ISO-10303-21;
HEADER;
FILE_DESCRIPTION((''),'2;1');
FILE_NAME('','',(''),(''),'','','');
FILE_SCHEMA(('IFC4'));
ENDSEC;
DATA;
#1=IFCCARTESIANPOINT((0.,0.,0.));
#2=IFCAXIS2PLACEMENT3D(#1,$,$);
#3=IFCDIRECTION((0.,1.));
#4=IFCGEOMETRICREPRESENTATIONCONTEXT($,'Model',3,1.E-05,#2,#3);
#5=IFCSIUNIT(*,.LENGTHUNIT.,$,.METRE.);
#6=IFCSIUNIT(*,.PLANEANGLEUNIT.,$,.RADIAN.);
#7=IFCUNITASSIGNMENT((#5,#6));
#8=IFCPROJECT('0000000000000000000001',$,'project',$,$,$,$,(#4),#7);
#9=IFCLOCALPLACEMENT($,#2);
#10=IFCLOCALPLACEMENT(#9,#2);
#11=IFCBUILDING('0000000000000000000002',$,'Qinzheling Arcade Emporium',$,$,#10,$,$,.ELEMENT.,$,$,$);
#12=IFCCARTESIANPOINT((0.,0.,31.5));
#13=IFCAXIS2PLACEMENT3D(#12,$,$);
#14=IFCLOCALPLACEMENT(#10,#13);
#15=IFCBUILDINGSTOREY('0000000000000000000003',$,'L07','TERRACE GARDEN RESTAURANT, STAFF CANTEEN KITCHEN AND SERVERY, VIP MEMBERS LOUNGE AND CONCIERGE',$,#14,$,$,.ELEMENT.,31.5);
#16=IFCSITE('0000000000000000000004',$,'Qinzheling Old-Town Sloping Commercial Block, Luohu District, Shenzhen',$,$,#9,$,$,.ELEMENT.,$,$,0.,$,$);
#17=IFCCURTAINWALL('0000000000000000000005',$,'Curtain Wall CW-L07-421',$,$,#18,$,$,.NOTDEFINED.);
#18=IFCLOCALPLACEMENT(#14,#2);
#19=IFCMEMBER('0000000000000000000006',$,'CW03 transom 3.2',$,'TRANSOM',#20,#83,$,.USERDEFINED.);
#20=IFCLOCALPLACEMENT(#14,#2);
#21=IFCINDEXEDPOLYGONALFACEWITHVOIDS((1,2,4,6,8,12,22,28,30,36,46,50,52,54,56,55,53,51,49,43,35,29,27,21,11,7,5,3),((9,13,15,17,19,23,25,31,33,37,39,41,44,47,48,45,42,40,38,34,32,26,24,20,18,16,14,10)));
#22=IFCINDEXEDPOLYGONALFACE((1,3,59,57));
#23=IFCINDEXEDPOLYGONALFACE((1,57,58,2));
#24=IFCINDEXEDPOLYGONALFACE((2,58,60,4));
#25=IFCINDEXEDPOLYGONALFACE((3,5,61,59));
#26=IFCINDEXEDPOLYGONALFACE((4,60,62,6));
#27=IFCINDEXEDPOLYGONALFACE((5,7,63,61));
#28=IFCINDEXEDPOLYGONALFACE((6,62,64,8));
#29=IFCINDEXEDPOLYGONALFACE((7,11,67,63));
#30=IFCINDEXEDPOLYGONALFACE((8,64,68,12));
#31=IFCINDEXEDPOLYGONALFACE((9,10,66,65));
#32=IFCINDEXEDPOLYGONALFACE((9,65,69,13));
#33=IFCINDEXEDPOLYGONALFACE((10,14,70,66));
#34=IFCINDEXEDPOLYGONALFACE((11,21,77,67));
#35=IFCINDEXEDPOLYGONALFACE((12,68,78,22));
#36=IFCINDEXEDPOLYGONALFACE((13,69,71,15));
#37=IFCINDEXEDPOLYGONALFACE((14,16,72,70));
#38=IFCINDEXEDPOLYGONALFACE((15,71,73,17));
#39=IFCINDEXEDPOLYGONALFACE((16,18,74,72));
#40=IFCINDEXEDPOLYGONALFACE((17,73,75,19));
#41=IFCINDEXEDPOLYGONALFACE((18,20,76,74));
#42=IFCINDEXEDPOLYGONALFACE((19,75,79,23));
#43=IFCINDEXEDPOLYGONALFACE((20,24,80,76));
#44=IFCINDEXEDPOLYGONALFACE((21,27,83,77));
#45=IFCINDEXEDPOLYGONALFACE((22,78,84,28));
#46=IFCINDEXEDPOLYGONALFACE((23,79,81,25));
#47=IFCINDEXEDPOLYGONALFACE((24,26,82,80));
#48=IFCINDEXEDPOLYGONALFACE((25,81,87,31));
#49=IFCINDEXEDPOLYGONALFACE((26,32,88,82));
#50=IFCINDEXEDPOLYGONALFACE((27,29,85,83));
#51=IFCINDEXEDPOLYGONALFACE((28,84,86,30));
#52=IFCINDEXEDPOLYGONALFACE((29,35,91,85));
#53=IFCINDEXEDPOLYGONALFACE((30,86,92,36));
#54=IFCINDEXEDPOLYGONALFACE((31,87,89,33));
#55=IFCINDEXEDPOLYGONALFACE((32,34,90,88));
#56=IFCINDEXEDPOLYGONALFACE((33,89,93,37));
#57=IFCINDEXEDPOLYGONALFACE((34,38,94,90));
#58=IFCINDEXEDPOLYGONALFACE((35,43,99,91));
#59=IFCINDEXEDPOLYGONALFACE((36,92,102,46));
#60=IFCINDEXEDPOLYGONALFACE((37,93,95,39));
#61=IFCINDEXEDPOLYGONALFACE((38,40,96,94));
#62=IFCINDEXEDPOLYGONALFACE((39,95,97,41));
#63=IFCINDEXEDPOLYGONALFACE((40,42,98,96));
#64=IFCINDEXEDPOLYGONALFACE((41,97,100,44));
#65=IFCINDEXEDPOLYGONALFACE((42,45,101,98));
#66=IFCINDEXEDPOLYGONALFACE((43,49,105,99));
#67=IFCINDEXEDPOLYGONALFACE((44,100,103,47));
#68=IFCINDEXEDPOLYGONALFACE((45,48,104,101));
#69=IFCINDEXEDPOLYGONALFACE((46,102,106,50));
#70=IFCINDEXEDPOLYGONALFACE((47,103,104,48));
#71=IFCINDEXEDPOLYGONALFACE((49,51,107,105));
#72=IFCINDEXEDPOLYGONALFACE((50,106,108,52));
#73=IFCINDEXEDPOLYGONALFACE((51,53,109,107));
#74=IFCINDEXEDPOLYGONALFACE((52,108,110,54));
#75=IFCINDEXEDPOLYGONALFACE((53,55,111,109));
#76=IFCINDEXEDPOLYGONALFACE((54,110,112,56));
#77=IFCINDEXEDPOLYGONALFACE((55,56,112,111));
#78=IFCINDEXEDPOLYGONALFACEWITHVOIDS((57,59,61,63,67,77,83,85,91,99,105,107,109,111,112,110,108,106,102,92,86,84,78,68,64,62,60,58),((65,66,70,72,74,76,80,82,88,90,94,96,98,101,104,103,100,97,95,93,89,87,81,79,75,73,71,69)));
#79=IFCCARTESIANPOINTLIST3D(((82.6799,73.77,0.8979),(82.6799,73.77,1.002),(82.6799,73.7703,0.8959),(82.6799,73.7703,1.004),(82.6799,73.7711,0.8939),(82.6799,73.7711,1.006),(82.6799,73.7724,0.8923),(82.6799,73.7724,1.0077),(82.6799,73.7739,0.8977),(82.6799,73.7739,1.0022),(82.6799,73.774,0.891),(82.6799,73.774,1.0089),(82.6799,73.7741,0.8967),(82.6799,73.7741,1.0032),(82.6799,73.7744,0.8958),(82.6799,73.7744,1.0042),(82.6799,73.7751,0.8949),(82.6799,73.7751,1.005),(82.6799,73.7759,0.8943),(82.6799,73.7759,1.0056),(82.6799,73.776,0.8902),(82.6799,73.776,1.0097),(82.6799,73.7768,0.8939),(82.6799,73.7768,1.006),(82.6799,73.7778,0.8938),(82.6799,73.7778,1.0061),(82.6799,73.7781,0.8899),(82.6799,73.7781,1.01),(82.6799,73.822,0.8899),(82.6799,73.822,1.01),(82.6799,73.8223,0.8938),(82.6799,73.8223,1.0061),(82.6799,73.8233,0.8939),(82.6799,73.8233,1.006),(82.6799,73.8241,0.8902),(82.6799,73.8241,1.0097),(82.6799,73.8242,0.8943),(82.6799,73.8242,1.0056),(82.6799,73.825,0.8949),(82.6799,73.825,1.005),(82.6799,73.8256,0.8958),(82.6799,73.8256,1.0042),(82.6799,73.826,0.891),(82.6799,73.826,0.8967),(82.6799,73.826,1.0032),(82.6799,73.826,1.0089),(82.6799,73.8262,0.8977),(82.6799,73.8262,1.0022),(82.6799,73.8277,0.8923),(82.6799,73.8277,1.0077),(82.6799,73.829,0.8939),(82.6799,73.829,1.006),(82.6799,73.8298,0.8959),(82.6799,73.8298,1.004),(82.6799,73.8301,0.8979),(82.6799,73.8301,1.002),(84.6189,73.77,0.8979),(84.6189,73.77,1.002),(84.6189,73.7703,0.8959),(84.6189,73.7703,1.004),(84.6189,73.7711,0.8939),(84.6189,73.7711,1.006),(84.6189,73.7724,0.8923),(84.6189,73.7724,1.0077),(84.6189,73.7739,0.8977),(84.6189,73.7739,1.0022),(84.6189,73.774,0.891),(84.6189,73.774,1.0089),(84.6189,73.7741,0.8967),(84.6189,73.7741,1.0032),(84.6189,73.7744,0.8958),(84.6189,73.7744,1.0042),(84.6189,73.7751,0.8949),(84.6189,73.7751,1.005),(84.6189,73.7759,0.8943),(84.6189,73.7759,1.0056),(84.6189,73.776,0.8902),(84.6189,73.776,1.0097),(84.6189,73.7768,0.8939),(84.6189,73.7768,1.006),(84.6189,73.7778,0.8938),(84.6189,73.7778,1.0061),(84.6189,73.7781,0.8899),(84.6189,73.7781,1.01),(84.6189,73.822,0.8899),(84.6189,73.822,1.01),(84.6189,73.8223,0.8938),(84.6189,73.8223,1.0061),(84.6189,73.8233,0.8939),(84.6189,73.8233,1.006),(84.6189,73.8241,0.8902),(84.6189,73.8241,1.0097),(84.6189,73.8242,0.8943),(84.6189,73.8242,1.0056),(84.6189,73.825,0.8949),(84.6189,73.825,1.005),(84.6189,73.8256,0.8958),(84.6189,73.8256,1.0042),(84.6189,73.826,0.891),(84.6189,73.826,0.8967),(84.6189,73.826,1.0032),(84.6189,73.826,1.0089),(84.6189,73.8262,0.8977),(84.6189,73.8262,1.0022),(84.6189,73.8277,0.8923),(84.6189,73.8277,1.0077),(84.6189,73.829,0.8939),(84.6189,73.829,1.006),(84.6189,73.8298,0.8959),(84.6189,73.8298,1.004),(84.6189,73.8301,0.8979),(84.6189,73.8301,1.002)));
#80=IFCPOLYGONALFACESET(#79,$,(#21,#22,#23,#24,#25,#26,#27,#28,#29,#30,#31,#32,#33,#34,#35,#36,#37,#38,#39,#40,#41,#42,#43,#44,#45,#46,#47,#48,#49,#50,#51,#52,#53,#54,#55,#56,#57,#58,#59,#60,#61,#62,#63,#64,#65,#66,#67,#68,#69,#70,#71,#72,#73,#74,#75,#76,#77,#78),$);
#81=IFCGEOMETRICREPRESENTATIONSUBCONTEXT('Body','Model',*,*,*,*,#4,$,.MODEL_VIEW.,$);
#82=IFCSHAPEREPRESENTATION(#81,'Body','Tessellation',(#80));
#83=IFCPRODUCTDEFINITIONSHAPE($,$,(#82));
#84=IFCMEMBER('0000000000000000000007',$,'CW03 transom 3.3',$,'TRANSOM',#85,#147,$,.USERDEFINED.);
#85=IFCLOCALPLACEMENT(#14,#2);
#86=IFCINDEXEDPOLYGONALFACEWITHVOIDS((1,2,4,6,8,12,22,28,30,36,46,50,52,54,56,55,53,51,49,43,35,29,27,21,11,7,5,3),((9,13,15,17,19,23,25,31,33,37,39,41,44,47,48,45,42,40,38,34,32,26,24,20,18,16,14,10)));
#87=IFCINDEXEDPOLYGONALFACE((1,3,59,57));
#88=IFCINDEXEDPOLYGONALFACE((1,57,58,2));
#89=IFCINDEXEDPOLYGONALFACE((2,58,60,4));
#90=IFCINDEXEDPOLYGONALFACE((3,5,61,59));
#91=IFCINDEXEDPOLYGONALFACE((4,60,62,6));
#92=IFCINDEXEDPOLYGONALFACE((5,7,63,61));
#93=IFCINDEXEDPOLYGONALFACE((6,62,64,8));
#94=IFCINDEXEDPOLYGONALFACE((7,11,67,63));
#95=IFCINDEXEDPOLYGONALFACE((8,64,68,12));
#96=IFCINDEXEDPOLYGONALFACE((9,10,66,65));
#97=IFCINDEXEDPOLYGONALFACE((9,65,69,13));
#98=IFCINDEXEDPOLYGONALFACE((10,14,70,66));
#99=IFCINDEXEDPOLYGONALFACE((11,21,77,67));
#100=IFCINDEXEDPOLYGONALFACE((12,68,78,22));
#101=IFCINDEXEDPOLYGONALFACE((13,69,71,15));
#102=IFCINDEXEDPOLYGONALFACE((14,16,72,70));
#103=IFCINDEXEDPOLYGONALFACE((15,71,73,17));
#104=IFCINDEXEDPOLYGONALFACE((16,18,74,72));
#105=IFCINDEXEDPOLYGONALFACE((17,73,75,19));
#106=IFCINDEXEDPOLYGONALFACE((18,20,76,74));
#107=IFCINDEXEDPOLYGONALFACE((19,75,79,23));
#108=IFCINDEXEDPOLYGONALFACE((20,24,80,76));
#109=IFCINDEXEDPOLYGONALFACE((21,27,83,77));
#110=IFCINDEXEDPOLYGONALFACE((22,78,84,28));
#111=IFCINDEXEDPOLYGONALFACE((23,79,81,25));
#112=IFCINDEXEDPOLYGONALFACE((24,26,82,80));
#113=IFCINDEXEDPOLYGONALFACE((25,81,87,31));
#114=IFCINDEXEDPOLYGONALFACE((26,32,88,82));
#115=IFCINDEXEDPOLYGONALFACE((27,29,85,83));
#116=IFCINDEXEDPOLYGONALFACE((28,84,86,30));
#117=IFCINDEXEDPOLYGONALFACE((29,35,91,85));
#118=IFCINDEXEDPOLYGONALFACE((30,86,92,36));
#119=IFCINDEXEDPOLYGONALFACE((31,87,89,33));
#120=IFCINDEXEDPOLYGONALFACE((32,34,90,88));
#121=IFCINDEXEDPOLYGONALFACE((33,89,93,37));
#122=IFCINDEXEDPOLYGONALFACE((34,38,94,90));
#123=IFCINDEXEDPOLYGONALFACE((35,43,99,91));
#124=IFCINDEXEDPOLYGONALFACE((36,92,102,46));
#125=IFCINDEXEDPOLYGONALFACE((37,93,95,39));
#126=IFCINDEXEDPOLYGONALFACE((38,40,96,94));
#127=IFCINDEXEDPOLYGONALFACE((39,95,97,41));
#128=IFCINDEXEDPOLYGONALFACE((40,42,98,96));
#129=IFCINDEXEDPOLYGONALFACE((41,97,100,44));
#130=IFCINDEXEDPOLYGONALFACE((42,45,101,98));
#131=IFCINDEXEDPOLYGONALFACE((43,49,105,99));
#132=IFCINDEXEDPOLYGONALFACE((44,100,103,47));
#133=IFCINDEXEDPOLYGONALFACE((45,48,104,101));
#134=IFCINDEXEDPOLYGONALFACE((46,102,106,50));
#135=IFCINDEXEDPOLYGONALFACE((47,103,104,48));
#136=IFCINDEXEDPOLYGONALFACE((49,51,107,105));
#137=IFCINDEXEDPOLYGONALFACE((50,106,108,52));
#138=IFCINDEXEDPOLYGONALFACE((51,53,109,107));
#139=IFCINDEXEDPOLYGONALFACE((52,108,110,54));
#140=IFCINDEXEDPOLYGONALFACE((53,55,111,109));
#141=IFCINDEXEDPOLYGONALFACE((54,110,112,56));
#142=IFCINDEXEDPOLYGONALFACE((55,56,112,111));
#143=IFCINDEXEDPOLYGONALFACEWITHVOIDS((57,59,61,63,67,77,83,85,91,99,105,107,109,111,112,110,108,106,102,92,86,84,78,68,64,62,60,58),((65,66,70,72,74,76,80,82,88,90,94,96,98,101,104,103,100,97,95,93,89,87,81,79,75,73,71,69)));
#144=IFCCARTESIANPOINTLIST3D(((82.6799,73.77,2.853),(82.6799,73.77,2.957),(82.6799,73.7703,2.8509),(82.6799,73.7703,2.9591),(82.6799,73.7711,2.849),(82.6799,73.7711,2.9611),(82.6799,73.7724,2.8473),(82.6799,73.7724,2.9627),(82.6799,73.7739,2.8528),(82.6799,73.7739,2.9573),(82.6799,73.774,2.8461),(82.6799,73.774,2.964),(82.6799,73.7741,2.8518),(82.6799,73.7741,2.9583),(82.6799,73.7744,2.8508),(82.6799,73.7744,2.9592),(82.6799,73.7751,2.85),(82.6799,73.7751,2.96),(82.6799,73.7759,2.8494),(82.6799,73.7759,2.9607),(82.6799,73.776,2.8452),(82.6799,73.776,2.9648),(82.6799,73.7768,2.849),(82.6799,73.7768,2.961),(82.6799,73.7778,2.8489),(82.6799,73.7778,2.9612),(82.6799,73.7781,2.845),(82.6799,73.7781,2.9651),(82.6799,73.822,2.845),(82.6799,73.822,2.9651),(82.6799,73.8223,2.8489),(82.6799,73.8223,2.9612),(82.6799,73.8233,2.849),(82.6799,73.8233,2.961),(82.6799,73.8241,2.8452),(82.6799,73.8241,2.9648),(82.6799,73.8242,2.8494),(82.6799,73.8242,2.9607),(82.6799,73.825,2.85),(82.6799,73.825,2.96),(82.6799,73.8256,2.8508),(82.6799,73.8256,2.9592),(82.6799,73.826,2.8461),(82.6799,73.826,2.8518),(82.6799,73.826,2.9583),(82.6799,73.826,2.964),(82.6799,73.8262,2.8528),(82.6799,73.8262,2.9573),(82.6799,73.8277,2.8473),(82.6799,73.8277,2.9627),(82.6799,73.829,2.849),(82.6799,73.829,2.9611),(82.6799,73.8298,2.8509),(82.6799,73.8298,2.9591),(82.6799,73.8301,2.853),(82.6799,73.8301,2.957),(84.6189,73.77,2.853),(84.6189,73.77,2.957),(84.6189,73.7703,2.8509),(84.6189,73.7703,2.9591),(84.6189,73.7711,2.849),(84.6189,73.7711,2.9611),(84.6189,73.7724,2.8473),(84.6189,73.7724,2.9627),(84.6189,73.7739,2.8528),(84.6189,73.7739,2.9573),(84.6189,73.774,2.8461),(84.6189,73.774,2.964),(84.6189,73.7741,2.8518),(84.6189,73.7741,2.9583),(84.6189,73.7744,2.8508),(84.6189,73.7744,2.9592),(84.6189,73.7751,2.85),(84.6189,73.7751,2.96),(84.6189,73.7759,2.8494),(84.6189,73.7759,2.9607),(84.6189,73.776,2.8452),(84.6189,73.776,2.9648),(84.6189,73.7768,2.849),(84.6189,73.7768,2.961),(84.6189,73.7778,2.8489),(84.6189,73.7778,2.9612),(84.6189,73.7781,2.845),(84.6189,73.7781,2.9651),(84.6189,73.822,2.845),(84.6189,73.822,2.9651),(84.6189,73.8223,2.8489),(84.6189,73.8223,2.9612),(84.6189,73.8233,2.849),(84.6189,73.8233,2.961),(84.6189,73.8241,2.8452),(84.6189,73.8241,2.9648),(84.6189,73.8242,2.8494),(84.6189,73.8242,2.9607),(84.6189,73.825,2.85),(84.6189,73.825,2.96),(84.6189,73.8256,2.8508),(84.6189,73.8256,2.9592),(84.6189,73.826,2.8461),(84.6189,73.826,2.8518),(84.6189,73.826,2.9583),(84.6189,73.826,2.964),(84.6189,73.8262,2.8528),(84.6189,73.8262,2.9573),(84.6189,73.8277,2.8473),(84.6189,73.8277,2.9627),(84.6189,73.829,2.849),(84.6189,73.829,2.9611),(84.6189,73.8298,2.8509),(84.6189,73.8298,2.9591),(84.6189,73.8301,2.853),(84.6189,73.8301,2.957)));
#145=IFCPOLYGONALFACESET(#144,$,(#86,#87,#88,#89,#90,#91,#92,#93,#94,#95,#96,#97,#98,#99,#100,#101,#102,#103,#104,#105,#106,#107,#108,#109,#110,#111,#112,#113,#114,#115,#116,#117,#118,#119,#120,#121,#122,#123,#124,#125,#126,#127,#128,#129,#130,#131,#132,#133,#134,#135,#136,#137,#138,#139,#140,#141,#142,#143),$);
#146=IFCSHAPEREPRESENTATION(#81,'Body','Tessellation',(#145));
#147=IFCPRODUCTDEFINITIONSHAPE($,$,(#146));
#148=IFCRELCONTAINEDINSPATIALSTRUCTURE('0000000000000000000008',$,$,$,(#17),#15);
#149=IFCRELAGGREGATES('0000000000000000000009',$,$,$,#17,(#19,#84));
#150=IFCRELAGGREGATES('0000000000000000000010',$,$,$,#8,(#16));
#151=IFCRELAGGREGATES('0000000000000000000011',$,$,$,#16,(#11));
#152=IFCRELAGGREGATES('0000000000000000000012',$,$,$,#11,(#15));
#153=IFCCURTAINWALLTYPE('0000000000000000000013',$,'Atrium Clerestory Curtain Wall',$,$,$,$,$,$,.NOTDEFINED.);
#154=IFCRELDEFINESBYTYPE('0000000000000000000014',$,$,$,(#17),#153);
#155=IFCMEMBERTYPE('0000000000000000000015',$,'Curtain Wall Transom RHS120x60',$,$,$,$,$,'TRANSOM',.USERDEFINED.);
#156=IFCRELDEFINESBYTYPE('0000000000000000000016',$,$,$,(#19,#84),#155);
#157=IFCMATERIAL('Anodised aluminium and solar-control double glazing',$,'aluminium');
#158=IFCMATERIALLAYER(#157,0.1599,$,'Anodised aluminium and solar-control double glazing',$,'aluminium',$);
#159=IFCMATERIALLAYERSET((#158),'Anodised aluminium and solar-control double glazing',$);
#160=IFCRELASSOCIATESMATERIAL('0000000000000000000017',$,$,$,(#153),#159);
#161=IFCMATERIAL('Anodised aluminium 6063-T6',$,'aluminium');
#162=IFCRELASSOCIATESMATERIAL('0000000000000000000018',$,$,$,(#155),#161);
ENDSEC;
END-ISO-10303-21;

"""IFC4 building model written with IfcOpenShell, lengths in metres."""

from ifc_helpers import new_model, si_unit, direction, frame, origin, origin_2d, place, context, subcontext, project, spatial, hollow_rectangle, extrude, material, layer, layer_set, material_profile, profile_set, type_object, element, aggregate, save


model = new_model("IFC4")

# Units and contexts
model_context = context("Model", 3, precision=1e-05, world=origin(), true_north=direction((0.0, 1.0)))
body_context = subcontext(model_context, "Body", "Model", "MODEL_VIEW")
ifc_project = project(units=[si_unit("LENGTHUNIT", "METRE"), si_unit("PLANEANGLEUNIT", "RADIAN")], contexts=[model_context])

# Site, building, storey
site_placement = place(None, origin())
site = spatial("IfcSite", under=ifc_project, at=site_placement, Name="Qinzheling Old-Town Sloping Commercial Block, Luohu District, Shenzhen", CompositionType="ELEMENT", RefElevation=0.0)
building_placement = place(site_placement, origin())
building = spatial("IfcBuilding", under=site, at=building_placement, Name="Qinzheling Arcade Emporium", CompositionType="ELEMENT")
storey_placement = place(building_placement, frame((0.0, 0.0, 31.5)))
storey = spatial("IfcBuildingStorey", under=building, at=storey_placement, Name="L07", Description="TERRACE GARDEN RESTAURANT, STAFF CANTEEN KITCHEN AND SERVERY, VIP MEMBERS LOUNGE AND CONCIERGE", CompositionType="ELEMENT", Elevation=31.5)

# Curtain wall, members
ifc_material_1 = material(Name="Anodised aluminium and solar-control double glazing", Category="aluminium")
ifc_layer_1 = layer(ifc_material_1, 0.1599, Name="Anodised aluminium and solar-control double glazing", Category="aluminium")
ifc_layer_set_1 = layer_set([ifc_layer_1], Name="Anodised aluminium and solar-control double glazing")
curtain_wall_type = type_object("IfcCurtainWallType", Name="Atrium Clerestory Curtain Wall", PredefinedType="NOTDEFINED", material=ifc_layer_set_1)
curtain_wall_placement = place(storey_placement, origin())
curtain_wall = element("IfcCurtainWall", 1, at=curtain_wall_placement, inside=storey, type_object=curtain_wall_type, Name="Curtain Wall CW-L07-421", PredefinedType="NOTDEFINED")
ifc_material_2 = material(Name="Anodised aluminium 6063-T6", Category="aluminium")
ifc_material_profile_1 = material_profile(ifc_material_2, hollow_rectangle(XDim=0.0601, YDim=0.1201, WallThickness=0.0039, InnerFilletRadius=0.0039, OuterFilletRadius=0.0081, at=origin_2d()), Name="RHS 120x60x4", Category="aluminium")
ifc_profile_set_1 = profile_set([ifc_material_profile_1], Name="Anodised aluminium 6063-T6")
member_type_1 = type_object("IfcMemberType", Name="Curtain Wall Transom RHS120x60", ElementType="TRANSOM", PredefinedType="USERDEFINED", material=ifc_profile_set_1)
member_1_placement = place(storey_placement, frame((82.6799, 73.8, 0.95), z_axis=(1.0, 0.0, 0.0), x_axis=(0.0, 1.0, 0.0)))
member_1 = element("IfcMember", 2, at=member_1_placement, type_object=member_type_1, Name="CW03 transom 3.2", ObjectType="TRANSOM", PredefinedType="USERDEFINED", context=body_context, shape_type="SweptSolid", body=[
    extrude(hollow_rectangle(XDim=0.0601, YDim=0.1201, WallThickness=0.0039, InnerFilletRadius=0.0039, OuterFilletRadius=0.0081, at=origin_2d()), origin(), (0.0, 0.0, 1.0), 1.939),
])
member_2_placement = place(storey_placement, frame((82.6799, 73.8, 2.905), z_axis=(1.0, 0.0, 0.0), x_axis=(0.0, 1.0, 0.0)))
member_2 = element("IfcMember", 3, at=member_2_placement, type_object=member_type_1, Name="CW03 transom 3.3", ObjectType="TRANSOM", PredefinedType="USERDEFINED", context=body_context, shape_type="SweptSolid", body=[
    extrude(hollow_rectangle(XDim=0.0601, YDim=0.1201, WallThickness=0.0039, InnerFilletRadius=0.0039, OuterFilletRadius=0.0081, at=origin_2d()), origin(), (0.0, 0.0, 1.0), 1.939),
])
aggregate(curtain_wall, [member_1, member_2])

save(model, "model.ifc")
